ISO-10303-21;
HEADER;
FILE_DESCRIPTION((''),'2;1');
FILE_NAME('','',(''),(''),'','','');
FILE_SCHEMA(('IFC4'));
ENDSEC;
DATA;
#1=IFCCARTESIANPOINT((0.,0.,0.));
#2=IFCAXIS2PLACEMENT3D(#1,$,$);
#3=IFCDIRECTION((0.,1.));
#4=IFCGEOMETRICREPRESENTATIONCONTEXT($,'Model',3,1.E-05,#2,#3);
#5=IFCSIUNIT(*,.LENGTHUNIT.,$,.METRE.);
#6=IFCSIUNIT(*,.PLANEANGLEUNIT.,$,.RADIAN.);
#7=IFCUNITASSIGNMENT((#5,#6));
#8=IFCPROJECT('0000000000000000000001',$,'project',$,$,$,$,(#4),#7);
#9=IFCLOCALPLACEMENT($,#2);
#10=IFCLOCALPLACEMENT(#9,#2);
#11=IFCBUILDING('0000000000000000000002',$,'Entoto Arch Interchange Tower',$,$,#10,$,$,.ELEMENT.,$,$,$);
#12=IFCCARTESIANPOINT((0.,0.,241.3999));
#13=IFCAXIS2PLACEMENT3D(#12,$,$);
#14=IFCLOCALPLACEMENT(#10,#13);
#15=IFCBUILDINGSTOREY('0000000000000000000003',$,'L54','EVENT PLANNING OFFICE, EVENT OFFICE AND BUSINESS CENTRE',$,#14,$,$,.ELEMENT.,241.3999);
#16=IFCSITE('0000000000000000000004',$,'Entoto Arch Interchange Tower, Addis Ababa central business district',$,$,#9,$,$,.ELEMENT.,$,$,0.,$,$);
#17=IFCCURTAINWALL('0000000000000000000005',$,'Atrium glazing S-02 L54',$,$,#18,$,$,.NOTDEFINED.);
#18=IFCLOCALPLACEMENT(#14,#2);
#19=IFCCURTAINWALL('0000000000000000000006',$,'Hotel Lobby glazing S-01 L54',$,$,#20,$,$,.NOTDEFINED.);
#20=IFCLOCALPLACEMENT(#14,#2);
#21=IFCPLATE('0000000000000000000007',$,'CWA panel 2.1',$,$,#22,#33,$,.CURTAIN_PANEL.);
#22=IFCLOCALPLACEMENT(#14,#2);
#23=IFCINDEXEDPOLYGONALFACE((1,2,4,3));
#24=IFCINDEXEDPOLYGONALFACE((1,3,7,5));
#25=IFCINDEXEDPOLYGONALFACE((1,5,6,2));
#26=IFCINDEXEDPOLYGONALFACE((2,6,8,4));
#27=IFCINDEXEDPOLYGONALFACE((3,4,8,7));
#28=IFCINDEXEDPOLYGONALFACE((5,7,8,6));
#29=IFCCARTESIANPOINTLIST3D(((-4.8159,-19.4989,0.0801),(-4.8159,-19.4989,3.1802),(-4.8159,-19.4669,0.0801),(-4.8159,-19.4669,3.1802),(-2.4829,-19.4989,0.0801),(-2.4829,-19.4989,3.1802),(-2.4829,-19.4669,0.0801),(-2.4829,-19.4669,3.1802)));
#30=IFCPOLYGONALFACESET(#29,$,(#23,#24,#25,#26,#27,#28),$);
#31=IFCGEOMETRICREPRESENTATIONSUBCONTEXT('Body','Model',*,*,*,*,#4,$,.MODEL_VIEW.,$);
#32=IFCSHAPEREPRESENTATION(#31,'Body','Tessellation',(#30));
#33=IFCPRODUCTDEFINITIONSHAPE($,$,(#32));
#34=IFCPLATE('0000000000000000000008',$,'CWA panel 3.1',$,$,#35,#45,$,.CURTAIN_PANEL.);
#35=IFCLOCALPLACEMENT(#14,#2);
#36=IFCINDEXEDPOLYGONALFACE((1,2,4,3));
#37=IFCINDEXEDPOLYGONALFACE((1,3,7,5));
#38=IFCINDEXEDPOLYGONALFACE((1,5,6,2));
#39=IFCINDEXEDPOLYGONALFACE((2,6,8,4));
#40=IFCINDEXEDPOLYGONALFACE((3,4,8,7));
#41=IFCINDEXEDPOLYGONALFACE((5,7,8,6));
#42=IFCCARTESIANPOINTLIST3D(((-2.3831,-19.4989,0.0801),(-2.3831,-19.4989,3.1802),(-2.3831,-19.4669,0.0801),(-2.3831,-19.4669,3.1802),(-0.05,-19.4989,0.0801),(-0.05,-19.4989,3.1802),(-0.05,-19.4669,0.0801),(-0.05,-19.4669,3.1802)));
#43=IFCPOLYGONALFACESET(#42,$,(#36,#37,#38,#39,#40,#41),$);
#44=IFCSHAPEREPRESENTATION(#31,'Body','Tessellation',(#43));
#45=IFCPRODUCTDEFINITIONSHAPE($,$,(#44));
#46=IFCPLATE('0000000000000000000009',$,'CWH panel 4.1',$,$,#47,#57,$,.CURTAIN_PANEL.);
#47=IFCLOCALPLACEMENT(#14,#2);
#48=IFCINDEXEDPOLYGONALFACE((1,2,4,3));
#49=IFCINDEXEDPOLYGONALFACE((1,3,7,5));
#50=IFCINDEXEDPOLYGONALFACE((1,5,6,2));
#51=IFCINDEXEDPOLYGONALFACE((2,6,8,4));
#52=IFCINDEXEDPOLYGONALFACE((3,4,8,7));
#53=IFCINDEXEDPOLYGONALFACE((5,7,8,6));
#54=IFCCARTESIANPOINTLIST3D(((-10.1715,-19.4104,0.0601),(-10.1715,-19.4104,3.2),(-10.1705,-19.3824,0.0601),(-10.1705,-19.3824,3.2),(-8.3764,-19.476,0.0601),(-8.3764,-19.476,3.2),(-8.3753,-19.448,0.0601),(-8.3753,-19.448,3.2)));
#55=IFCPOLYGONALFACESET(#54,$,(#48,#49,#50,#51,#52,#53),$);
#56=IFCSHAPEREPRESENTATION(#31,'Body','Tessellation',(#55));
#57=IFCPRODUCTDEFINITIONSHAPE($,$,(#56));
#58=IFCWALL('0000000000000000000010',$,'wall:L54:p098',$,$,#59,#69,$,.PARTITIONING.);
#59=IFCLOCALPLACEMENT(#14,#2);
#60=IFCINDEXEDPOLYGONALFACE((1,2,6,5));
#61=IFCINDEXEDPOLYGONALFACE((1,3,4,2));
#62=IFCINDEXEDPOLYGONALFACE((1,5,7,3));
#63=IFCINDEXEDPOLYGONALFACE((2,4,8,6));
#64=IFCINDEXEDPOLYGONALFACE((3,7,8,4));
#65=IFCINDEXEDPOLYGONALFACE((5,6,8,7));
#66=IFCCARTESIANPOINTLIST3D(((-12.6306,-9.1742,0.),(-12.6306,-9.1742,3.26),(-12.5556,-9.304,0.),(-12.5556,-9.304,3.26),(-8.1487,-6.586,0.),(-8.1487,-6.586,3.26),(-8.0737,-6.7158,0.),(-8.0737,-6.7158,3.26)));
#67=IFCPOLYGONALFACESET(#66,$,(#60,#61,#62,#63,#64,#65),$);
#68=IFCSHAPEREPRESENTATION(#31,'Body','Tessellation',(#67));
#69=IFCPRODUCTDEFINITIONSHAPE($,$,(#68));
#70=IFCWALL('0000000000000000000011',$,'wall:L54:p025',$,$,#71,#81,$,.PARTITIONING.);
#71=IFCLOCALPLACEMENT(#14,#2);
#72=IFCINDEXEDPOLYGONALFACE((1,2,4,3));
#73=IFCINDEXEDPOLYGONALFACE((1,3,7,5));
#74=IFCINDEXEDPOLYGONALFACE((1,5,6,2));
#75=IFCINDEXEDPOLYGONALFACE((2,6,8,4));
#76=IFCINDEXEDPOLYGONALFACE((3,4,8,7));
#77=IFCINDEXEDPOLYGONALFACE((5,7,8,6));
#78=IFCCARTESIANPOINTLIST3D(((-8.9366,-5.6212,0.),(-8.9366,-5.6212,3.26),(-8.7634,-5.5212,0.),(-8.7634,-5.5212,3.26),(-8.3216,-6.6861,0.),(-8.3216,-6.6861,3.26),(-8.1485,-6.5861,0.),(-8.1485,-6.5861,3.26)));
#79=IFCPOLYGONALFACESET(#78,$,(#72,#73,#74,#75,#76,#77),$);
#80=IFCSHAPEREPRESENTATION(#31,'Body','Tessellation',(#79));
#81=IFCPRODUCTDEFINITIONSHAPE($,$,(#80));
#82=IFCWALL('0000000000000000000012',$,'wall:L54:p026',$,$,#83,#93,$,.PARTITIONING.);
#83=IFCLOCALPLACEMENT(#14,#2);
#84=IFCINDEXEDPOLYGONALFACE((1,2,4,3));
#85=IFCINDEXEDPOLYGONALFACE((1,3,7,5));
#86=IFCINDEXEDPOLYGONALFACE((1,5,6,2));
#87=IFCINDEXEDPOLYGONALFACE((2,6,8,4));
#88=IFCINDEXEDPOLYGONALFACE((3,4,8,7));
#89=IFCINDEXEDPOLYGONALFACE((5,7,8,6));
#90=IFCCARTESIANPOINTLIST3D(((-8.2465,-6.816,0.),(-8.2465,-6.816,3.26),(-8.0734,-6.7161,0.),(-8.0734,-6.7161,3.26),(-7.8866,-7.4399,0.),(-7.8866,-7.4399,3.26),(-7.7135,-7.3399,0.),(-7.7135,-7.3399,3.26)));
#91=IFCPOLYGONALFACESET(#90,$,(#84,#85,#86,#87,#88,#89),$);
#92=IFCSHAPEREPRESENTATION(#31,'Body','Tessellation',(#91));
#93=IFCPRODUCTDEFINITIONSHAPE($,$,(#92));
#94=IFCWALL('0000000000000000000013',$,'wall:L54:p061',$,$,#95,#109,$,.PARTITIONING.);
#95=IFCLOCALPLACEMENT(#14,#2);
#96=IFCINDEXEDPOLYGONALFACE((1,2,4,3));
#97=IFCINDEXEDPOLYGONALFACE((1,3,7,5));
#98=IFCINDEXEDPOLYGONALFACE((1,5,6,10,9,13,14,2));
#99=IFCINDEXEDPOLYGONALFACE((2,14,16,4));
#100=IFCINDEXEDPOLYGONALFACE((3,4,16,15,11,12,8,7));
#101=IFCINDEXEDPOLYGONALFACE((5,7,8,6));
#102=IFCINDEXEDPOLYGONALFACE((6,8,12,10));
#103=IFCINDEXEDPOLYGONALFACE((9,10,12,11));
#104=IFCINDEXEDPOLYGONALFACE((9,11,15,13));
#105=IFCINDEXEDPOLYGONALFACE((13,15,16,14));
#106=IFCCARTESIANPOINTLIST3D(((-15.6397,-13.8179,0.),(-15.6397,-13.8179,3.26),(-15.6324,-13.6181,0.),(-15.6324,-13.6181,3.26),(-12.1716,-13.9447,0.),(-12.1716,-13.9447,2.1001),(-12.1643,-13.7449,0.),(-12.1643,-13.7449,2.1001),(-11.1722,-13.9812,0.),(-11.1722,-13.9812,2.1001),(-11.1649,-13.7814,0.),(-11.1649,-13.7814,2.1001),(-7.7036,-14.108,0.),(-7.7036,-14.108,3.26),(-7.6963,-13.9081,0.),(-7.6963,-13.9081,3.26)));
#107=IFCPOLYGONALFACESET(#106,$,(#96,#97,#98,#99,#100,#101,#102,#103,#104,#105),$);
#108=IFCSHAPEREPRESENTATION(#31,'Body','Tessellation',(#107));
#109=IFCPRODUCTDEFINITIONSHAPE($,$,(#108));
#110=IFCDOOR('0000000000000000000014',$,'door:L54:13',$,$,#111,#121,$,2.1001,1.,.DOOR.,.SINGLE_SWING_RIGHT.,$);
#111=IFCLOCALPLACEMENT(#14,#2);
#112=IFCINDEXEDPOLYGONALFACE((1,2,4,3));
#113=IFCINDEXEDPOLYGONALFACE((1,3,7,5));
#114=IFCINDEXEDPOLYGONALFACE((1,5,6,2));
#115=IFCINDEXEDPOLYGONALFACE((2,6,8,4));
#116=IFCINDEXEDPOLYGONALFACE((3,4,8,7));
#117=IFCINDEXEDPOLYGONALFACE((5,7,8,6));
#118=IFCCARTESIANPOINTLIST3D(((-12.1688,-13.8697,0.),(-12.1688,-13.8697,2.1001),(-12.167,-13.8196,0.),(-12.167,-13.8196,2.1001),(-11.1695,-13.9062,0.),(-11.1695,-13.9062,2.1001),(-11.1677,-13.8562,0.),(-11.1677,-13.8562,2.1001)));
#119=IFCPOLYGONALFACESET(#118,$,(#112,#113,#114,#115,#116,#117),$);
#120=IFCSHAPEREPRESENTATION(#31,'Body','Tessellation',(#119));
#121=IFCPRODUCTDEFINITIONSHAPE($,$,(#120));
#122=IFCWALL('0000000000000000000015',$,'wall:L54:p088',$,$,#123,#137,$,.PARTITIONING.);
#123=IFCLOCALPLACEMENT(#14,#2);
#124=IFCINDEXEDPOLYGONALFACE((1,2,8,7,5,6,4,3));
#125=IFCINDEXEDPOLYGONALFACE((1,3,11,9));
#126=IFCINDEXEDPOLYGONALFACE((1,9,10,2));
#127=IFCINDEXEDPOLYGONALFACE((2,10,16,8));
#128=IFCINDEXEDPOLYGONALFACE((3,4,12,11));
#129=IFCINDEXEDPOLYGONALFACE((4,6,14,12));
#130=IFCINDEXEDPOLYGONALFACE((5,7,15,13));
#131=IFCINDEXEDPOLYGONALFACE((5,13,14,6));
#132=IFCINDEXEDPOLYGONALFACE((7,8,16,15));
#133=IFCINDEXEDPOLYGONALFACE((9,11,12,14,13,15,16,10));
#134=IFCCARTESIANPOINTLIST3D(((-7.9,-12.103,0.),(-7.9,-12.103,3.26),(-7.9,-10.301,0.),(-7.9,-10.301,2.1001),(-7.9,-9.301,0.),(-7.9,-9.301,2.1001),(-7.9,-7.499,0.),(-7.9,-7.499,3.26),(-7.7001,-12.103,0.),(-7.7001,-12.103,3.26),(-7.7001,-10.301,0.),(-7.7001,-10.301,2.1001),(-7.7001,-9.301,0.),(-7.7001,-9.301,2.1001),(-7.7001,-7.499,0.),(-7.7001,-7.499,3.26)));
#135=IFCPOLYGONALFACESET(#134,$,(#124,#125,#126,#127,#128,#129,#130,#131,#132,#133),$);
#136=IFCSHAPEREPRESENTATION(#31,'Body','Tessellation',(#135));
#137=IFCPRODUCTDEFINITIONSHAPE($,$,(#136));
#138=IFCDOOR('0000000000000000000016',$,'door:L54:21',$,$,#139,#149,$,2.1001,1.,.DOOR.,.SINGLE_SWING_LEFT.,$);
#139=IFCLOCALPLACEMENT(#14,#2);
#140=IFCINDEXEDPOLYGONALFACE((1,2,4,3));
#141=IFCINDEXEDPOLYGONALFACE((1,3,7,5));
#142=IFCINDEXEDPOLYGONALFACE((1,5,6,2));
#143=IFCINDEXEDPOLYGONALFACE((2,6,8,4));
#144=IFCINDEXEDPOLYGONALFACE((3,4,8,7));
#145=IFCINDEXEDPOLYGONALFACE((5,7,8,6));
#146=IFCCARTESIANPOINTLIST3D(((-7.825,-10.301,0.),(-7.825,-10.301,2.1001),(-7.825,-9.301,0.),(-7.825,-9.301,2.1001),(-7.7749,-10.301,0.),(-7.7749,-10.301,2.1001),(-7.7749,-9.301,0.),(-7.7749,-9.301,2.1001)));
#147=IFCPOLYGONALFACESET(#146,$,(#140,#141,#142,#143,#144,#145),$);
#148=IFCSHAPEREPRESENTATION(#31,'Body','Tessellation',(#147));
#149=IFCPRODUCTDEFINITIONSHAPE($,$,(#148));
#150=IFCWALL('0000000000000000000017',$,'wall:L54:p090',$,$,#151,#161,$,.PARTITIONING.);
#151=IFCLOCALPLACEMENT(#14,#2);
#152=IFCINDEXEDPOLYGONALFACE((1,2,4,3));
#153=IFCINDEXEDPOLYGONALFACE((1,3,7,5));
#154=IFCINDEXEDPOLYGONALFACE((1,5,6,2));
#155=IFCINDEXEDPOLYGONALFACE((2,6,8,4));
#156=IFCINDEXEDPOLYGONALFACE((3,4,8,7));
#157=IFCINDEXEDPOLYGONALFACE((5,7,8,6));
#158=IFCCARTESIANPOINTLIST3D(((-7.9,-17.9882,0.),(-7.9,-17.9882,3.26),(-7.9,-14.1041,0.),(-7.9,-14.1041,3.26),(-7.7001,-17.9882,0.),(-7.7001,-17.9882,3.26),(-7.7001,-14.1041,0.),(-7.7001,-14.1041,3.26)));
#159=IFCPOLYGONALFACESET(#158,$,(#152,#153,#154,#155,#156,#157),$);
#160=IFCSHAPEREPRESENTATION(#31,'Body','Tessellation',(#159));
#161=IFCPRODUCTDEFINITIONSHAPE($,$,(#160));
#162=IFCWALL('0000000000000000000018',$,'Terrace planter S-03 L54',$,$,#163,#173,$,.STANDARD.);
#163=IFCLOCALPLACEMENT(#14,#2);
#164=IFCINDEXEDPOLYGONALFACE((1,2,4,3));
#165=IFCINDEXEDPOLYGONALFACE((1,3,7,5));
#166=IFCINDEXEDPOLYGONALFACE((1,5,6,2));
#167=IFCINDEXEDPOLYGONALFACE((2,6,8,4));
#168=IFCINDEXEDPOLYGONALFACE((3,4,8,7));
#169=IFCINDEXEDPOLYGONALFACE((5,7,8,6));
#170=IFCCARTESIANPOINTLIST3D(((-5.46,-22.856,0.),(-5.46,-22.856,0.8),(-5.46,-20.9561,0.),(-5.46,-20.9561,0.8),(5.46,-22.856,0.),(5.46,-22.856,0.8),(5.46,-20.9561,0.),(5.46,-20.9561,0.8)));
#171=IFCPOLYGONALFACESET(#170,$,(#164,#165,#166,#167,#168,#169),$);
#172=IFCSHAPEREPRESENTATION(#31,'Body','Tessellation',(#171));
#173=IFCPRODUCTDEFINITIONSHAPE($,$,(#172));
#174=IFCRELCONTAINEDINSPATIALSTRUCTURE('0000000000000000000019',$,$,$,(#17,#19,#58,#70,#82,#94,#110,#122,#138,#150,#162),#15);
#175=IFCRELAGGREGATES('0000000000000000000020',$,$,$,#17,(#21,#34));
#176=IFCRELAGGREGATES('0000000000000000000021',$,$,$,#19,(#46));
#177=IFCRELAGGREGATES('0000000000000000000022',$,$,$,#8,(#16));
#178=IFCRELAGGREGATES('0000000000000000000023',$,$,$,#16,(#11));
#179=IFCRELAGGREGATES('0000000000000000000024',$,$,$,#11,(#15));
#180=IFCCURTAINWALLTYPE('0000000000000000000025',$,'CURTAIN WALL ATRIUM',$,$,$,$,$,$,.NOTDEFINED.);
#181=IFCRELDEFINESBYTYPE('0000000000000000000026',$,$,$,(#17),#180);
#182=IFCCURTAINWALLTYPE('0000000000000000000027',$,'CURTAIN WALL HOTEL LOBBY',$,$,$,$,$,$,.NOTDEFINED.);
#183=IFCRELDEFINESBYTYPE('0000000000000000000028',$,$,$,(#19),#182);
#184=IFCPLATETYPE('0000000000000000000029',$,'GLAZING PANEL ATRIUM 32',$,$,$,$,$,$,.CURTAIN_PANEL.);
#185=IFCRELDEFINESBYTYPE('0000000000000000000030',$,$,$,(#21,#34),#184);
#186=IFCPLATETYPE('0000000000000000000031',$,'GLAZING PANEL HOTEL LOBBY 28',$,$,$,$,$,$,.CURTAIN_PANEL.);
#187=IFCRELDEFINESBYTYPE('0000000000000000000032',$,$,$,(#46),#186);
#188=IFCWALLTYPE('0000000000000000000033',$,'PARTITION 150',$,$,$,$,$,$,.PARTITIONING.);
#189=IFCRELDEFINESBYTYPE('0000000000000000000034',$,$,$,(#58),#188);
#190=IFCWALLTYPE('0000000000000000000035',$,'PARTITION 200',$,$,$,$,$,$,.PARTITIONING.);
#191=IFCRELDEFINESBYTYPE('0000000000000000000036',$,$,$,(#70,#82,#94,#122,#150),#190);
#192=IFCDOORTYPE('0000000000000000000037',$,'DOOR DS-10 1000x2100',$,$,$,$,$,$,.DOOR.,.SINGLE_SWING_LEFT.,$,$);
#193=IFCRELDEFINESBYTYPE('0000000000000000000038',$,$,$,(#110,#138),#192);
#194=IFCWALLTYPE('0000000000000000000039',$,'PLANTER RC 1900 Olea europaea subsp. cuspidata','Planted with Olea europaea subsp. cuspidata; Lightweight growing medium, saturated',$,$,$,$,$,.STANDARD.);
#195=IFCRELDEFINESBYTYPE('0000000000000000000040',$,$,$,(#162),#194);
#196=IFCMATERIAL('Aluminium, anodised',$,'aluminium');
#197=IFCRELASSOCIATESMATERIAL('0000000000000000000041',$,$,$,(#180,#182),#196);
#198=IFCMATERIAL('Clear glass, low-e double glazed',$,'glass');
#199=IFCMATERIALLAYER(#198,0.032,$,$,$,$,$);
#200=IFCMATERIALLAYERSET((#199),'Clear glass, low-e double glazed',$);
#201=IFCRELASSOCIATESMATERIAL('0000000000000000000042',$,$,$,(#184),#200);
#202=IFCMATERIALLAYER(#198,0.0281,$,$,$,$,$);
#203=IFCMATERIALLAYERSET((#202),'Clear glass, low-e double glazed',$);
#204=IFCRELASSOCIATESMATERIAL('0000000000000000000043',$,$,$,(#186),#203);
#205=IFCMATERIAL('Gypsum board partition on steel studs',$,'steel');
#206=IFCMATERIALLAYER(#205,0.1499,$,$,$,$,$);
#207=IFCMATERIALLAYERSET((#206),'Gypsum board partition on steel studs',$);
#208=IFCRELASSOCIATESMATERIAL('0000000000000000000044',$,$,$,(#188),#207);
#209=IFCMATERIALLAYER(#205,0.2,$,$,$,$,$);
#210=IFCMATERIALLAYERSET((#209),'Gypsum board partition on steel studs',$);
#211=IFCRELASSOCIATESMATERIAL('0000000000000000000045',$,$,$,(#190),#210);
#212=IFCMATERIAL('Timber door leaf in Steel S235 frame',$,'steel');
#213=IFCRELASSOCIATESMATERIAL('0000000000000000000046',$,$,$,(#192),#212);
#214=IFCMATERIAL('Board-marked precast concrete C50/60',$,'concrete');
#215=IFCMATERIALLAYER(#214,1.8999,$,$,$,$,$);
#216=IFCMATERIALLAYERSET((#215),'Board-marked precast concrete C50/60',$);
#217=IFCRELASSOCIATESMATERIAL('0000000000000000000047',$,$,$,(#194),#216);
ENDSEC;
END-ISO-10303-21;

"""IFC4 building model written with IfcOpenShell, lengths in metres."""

from ifc_helpers import new_model, si_unit, direction, frame, frame_2d, origin, origin_2d, place, context, subcontext, project, spatial, rectangle, extrude, material, layer, layer_set, type_object, element, fill, aggregate, save


model = new_model("IFC4")

# Units and contexts
model_context = context("Model", 3, precision=1e-05, world=origin(), true_north=direction((0.0, 1.0)))
body_context = subcontext(model_context, "Body", "Model", "MODEL_VIEW")
ifc_project = project(units=[si_unit("LENGTHUNIT", "METRE"), si_unit("PLANEANGLEUNIT", "RADIAN")], contexts=[model_context])

# Site, building, storey
site_placement = place(None, origin())
site = spatial("IfcSite", under=ifc_project, at=site_placement, Name="Entoto Arch Interchange Tower, Addis Ababa central business district", CompositionType="ELEMENT", RefElevation=0.0)
building_placement = place(site_placement, origin())
building = spatial("IfcBuilding", under=site, at=building_placement, Name="Entoto Arch Interchange Tower", CompositionType="ELEMENT")
storey_placement = place(building_placement, frame((0.0, 0.0, 241.3999)))
storey = spatial("IfcBuildingStorey", under=building, at=storey_placement, Name="L54", Description="EVENT PLANNING OFFICE, EVENT OFFICE AND BUSINESS CENTRE", CompositionType="ELEMENT", Elevation=241.3999)

# Curtain wall
ifc_material_1 = material(Name="Aluminium, anodised", Category="aluminium")
curtain_wall_type_1 = type_object("IfcCurtainWallType", Name="CURTAIN WALL ATRIUM", PredefinedType="NOTDEFINED", material=ifc_material_1)
curtain_wall_1_placement = place(storey_placement, origin())
curtain_wall_1 = element("IfcCurtainWall", 1, at=curtain_wall_1_placement, inside=storey, type_object=curtain_wall_type_1, Name="Atrium glazing S-02 L54", PredefinedType="NOTDEFINED")

# Curtain wall
curtain_wall_type_2 = type_object("IfcCurtainWallType", Name="CURTAIN WALL HOTEL LOBBY", PredefinedType="NOTDEFINED", material=ifc_material_1)
curtain_wall_2_placement = place(storey_placement, origin())
curtain_wall_2 = element("IfcCurtainWall", 2, at=curtain_wall_2_placement, inside=storey, type_object=curtain_wall_type_2, Name="Hotel Lobby glazing S-01 L54", PredefinedType="NOTDEFINED")

# Plates
ifc_material_2 = material(Name="Clear glass, low-e double glazed", Category="glass")
ifc_layer_1 = layer(ifc_material_2, 0.032)
ifc_layer_set_1 = layer_set([ifc_layer_1], Name="Clear glass, low-e double glazed")
plate_type_1 = type_object("IfcPlateType", Name="GLAZING PANEL ATRIUM 32", PredefinedType="CURTAIN_PANEL", material=ifc_layer_set_1)
plate_1_placement = place(storey_placement, frame((-3.6494, -19.4829, 0.0801), z_axis=(0.0, 0.0, 1.0), x_axis=(1.0, 0.0, 0.0)))
plate_1 = element("IfcPlate", 3, at=plate_1_placement, type_object=plate_type_1, Name="CWA panel 2.1", PredefinedType="CURTAIN_PANEL", context=body_context, shape_type="SweptSolid", body=[
    extrude(rectangle(XDim=2.333, YDim=0.032, at=origin_2d()), origin(), (0.0, 0.0, 1.0), 3.1001),
])
plate_2_placement = place(storey_placement, frame((-1.2166, -19.4829, 0.0801), z_axis=(0.0, 0.0, 1.0), x_axis=(1.0, 0.0, 0.0)))
plate_2 = element("IfcPlate", 4, at=plate_2_placement, type_object=plate_type_1, Name="CWA panel 3.1", PredefinedType="CURTAIN_PANEL", context=body_context, shape_type="SweptSolid", body=[
    extrude(rectangle(XDim=2.333, YDim=0.032, at=origin_2d()), origin(), (0.0, 0.0, 1.0), 3.1001),
])
aggregate(curtain_wall_1, [plate_1, plate_2])
ifc_layer_2 = layer(ifc_material_2, 0.0281)
ifc_layer_set_2 = layer_set([ifc_layer_2], Name="Clear glass, low-e double glazed")
plate_type_2 = type_object("IfcPlateType", Name="GLAZING PANEL HOTEL LOBBY 28", PredefinedType="CURTAIN_PANEL", material=ifc_layer_set_2)
plate_3_placement = place(storey_placement, frame((-9.2734, -19.4292, 0.0601), z_axis=(0.0, 0.0, 1.0), x_axis=(0.999333, -0.036529, 0.0)))
plate_3 = element("IfcPlate", 5, at=plate_3_placement, type_object=plate_type_2, Name="CWH panel 4.1", PredefinedType="CURTAIN_PANEL", context=body_context, shape_type="SweptSolid", body=[
    extrude(rectangle(XDim=1.7964, YDim=0.0281, at=origin_2d()), origin(), (0.0, 0.0, 1.0), 3.1399),
])
aggregate(curtain_wall_2, [plate_3])

# Walls
ifc_material_3 = material(Name="Gypsum board partition on steel studs", Category="steel")
ifc_layer_3 = layer(ifc_material_3, 0.1499)
ifc_layer_set_3 = layer_set([ifc_layer_3], Name="Gypsum board partition on steel studs")
wall_type_1 = type_object("IfcWallType", Name="PARTITION 150", PredefinedType="PARTITIONING", material=ifc_layer_set_3)
wall_1_placement = place(storey_placement, frame((-8.1111, -6.6509, 0.0), z_axis=(0.0, 0.0, 1.0), x_axis=(-0.865984, -0.500071, 0.0)))
element("IfcWall", 6, at=wall_1_placement, inside=storey, type_object=wall_type_1, Name="wall:L54:p098", PredefinedType="PARTITIONING", context=body_context, shape_type="SweptSolid", body=[
    extrude(rectangle(XDim=5.1755, YDim=0.1499, at=frame_2d((2.5879, 0.0))), origin(), (0.0, 0.0, 1.0), 3.26),
])
ifc_layer_4 = layer(ifc_material_3, 0.2)
ifc_layer_set_4 = layer_set([ifc_layer_4], Name="Gypsum board partition on steel studs")
wall_type_2 = type_object("IfcWallType", Name="PARTITION 200", PredefinedType="PARTITIONING", material=ifc_layer_set_4)
wall_2_placement = place(storey_placement, frame((-8.2351, -6.636, 0.0), z_axis=(0.0, 0.0, 1.0), x_axis=(-0.500089, 0.865974, 0.0)))
element("IfcWall", 7, at=wall_2_placement, inside=storey, type_object=wall_type_2, Name="wall:L54:p025", PredefinedType="PARTITIONING", context=body_context, shape_type="SweptSolid", body=[
    extrude(rectangle(XDim=1.2297, YDim=0.2, at=frame_2d((0.6147, 0.0))), origin(), (0.0, 0.0, 1.0), 3.26),
])
wall_3_placement = place(storey_placement, frame((-7.8, -7.3899, 0.0), z_axis=(0.0, 0.0, 1.0), x_axis=(-0.499713, 0.866191, 0.0)))
element("IfcWall", 8, at=wall_3_placement, inside=storey, type_object=wall_type_2, Name="wall:L54:p026", PredefinedType="PARTITIONING", context=body_context, shape_type="SweptSolid", body=[
    extrude(rectangle(XDim=0.7202, YDim=0.2, at=frame_2d((0.3601, 0.0))), origin(), (0.0, 0.0, 1.0), 3.26),
])

# Walls, openings, doors
wall_4_placement = place(storey_placement, frame((-7.7, -14.0081, 0.0), z_axis=(0.0, 0.0, 1.0), x_axis=(-0.999333, 0.036523, 0.0)))
wall_4 = element("IfcWall", 9, at=wall_4_placement, inside=storey, type_object=wall_type_2, Name="wall:L54:p061", PredefinedType="PARTITIONING", context=body_context, shape_type="SweptSolid", body=[
    extrude(rectangle(XDim=7.9414, YDim=0.2, at=frame_2d((3.9707, 0.0))), origin(), (0.0, 0.0, 1.0), 3.26),
])
opening_1_placement = place(wall_4_placement, frame((3.4709, 0.0, 0.0)))
opening_1 = element("IfcOpeningElement", 10, at=opening_1_placement, cuts=wall_4, PredefinedType="OPENING", context=body_context, shape_type="SweptSolid", body=[
    extrude(rectangle(XDim=1.0, YDim=2.1001, at=frame_2d((0.5, 1.05))), frame((0.0, 0.1099, 0.0), z_axis=(0.0, -1.0, 0.0), x_axis=(1.0, 0.0, 0.0)), (0.0, 0.0, 1.0), 0.22),
])
ifc_material_4 = material(Name="Timber door leaf in Steel S235 frame", Category="steel")
door_type = type_object("IfcDoorType", Name="DOOR DS-10 1000x2100", OperationType="SINGLE_SWING_LEFT", PredefinedType="DOOR", material=ifc_material_4)
door_1_placement = place(opening_1_placement, origin())
door_1 = element("IfcDoor", 11, at=door_1_placement, inside=storey, type_object=door_type, Name="door:L54:13", OperationType="SINGLE_SWING_RIGHT", OverallHeight=2.1001, OverallWidth=1.0, PredefinedType="DOOR", context=body_context, shape_type="SweptSolid", body=[
    extrude(rectangle(XDim=1.0, YDim=2.1001, at=frame_2d((0.5, 1.05))), frame((0.0, 0.0249, 0.0), z_axis=(0.0, -1.0, 0.0), x_axis=(1.0, 0.0, 0.0)), (0.0, 0.0, 1.0), 0.05),
])
fill(opening_1, door_1)
wall_5_placement = place(storey_placement, frame((-7.8, -12.103, 0.0), z_axis=(0.0, 0.0, 1.0), x_axis=(0.0, 1.0, 0.0)))
wall_5 = element("IfcWall", 12, at=wall_5_placement, inside=storey, type_object=wall_type_2, Name="wall:L54:p088", PredefinedType="PARTITIONING", context=body_context, shape_type="SweptSolid", body=[
    extrude(rectangle(XDim=4.604, YDim=0.2, at=frame_2d((2.302, 0.0))), origin(), (0.0, 0.0, 1.0), 3.26),
])
opening_2_placement = place(wall_5_placement, frame((1.802, 0.0, 0.0)))
opening_2 = element("IfcOpeningElement", 13, at=opening_2_placement, cuts=wall_5, PredefinedType="OPENING", context=body_context, shape_type="SweptSolid", body=[
    extrude(rectangle(XDim=1.0, YDim=2.1001, at=frame_2d((0.5, 1.05))), frame((0.0, 0.1099, 0.0), z_axis=(0.0, -1.0, 0.0), x_axis=(1.0, 0.0, 0.0)), (0.0, 0.0, 1.0), 0.22),
])
door_2_placement = place(opening_2_placement, origin())
door_2 = element("IfcDoor", 14, at=door_2_placement, inside=storey, type_object=door_type, Name="door:L54:21", OperationType="SINGLE_SWING_LEFT", OverallHeight=2.1001, OverallWidth=1.0, PredefinedType="DOOR", context=body_context, shape_type="SweptSolid", body=[
    extrude(rectangle(XDim=1.0, YDim=2.1001, at=frame_2d((0.5, 1.05))), frame((0.0, 0.0249, 0.0), z_axis=(0.0, -1.0, 0.0), x_axis=(1.0, 0.0, 0.0)), (0.0, 0.0, 1.0), 0.05),
])
fill(opening_2, door_2)

# Walls
wall_6_placement = place(storey_placement, frame((-7.8, -17.988, 0.0), z_axis=(0.0, 0.0, 1.0), x_axis=(0.0, 1.0, 0.0)))
element("IfcWall", 15, at=wall_6_placement, inside=storey, type_object=wall_type_2, Name="wall:L54:p090", PredefinedType="PARTITIONING", context=body_context, shape_type="SweptSolid", body=[
    extrude(rectangle(XDim=3.884, YDim=0.2, at=frame_2d((1.9419, 0.0))), origin(), (0.0, 0.0, 1.0), 3.26),
])
ifc_material_5 = material(Name="Board-marked precast concrete C50/60", Category="concrete")
ifc_layer_5 = layer(ifc_material_5, 1.8999)
ifc_layer_set_5 = layer_set([ifc_layer_5], Name="Board-marked precast concrete C50/60")
wall_type_3 = type_object("IfcWallType", Name="PLANTER RC 1900 Olea europaea subsp. cuspidata", Description="Planted with Olea europaea subsp. cuspidata; Lightweight growing medium, saturated", PredefinedType="STANDARD", material=ifc_layer_set_5)
wall_7_placement = place(storey_placement, frame((-5.46, -21.906, 0.0), z_axis=(0.0, 0.0, 1.0), x_axis=(1.0, 0.0, 0.0)))
element("IfcWall", 16, at=wall_7_placement, inside=storey, type_object=wall_type_3, Name="Terrace planter S-03 L54", PredefinedType="STANDARD", context=body_context, shape_type="SweptSolid", body=[
    extrude(rectangle(XDim=10.9199, YDim=1.8999, at=frame_2d((5.46, 0.0))), origin(), (0.0, 0.0, 1.0), 0.8),
])

save(model, "model.ifc")
